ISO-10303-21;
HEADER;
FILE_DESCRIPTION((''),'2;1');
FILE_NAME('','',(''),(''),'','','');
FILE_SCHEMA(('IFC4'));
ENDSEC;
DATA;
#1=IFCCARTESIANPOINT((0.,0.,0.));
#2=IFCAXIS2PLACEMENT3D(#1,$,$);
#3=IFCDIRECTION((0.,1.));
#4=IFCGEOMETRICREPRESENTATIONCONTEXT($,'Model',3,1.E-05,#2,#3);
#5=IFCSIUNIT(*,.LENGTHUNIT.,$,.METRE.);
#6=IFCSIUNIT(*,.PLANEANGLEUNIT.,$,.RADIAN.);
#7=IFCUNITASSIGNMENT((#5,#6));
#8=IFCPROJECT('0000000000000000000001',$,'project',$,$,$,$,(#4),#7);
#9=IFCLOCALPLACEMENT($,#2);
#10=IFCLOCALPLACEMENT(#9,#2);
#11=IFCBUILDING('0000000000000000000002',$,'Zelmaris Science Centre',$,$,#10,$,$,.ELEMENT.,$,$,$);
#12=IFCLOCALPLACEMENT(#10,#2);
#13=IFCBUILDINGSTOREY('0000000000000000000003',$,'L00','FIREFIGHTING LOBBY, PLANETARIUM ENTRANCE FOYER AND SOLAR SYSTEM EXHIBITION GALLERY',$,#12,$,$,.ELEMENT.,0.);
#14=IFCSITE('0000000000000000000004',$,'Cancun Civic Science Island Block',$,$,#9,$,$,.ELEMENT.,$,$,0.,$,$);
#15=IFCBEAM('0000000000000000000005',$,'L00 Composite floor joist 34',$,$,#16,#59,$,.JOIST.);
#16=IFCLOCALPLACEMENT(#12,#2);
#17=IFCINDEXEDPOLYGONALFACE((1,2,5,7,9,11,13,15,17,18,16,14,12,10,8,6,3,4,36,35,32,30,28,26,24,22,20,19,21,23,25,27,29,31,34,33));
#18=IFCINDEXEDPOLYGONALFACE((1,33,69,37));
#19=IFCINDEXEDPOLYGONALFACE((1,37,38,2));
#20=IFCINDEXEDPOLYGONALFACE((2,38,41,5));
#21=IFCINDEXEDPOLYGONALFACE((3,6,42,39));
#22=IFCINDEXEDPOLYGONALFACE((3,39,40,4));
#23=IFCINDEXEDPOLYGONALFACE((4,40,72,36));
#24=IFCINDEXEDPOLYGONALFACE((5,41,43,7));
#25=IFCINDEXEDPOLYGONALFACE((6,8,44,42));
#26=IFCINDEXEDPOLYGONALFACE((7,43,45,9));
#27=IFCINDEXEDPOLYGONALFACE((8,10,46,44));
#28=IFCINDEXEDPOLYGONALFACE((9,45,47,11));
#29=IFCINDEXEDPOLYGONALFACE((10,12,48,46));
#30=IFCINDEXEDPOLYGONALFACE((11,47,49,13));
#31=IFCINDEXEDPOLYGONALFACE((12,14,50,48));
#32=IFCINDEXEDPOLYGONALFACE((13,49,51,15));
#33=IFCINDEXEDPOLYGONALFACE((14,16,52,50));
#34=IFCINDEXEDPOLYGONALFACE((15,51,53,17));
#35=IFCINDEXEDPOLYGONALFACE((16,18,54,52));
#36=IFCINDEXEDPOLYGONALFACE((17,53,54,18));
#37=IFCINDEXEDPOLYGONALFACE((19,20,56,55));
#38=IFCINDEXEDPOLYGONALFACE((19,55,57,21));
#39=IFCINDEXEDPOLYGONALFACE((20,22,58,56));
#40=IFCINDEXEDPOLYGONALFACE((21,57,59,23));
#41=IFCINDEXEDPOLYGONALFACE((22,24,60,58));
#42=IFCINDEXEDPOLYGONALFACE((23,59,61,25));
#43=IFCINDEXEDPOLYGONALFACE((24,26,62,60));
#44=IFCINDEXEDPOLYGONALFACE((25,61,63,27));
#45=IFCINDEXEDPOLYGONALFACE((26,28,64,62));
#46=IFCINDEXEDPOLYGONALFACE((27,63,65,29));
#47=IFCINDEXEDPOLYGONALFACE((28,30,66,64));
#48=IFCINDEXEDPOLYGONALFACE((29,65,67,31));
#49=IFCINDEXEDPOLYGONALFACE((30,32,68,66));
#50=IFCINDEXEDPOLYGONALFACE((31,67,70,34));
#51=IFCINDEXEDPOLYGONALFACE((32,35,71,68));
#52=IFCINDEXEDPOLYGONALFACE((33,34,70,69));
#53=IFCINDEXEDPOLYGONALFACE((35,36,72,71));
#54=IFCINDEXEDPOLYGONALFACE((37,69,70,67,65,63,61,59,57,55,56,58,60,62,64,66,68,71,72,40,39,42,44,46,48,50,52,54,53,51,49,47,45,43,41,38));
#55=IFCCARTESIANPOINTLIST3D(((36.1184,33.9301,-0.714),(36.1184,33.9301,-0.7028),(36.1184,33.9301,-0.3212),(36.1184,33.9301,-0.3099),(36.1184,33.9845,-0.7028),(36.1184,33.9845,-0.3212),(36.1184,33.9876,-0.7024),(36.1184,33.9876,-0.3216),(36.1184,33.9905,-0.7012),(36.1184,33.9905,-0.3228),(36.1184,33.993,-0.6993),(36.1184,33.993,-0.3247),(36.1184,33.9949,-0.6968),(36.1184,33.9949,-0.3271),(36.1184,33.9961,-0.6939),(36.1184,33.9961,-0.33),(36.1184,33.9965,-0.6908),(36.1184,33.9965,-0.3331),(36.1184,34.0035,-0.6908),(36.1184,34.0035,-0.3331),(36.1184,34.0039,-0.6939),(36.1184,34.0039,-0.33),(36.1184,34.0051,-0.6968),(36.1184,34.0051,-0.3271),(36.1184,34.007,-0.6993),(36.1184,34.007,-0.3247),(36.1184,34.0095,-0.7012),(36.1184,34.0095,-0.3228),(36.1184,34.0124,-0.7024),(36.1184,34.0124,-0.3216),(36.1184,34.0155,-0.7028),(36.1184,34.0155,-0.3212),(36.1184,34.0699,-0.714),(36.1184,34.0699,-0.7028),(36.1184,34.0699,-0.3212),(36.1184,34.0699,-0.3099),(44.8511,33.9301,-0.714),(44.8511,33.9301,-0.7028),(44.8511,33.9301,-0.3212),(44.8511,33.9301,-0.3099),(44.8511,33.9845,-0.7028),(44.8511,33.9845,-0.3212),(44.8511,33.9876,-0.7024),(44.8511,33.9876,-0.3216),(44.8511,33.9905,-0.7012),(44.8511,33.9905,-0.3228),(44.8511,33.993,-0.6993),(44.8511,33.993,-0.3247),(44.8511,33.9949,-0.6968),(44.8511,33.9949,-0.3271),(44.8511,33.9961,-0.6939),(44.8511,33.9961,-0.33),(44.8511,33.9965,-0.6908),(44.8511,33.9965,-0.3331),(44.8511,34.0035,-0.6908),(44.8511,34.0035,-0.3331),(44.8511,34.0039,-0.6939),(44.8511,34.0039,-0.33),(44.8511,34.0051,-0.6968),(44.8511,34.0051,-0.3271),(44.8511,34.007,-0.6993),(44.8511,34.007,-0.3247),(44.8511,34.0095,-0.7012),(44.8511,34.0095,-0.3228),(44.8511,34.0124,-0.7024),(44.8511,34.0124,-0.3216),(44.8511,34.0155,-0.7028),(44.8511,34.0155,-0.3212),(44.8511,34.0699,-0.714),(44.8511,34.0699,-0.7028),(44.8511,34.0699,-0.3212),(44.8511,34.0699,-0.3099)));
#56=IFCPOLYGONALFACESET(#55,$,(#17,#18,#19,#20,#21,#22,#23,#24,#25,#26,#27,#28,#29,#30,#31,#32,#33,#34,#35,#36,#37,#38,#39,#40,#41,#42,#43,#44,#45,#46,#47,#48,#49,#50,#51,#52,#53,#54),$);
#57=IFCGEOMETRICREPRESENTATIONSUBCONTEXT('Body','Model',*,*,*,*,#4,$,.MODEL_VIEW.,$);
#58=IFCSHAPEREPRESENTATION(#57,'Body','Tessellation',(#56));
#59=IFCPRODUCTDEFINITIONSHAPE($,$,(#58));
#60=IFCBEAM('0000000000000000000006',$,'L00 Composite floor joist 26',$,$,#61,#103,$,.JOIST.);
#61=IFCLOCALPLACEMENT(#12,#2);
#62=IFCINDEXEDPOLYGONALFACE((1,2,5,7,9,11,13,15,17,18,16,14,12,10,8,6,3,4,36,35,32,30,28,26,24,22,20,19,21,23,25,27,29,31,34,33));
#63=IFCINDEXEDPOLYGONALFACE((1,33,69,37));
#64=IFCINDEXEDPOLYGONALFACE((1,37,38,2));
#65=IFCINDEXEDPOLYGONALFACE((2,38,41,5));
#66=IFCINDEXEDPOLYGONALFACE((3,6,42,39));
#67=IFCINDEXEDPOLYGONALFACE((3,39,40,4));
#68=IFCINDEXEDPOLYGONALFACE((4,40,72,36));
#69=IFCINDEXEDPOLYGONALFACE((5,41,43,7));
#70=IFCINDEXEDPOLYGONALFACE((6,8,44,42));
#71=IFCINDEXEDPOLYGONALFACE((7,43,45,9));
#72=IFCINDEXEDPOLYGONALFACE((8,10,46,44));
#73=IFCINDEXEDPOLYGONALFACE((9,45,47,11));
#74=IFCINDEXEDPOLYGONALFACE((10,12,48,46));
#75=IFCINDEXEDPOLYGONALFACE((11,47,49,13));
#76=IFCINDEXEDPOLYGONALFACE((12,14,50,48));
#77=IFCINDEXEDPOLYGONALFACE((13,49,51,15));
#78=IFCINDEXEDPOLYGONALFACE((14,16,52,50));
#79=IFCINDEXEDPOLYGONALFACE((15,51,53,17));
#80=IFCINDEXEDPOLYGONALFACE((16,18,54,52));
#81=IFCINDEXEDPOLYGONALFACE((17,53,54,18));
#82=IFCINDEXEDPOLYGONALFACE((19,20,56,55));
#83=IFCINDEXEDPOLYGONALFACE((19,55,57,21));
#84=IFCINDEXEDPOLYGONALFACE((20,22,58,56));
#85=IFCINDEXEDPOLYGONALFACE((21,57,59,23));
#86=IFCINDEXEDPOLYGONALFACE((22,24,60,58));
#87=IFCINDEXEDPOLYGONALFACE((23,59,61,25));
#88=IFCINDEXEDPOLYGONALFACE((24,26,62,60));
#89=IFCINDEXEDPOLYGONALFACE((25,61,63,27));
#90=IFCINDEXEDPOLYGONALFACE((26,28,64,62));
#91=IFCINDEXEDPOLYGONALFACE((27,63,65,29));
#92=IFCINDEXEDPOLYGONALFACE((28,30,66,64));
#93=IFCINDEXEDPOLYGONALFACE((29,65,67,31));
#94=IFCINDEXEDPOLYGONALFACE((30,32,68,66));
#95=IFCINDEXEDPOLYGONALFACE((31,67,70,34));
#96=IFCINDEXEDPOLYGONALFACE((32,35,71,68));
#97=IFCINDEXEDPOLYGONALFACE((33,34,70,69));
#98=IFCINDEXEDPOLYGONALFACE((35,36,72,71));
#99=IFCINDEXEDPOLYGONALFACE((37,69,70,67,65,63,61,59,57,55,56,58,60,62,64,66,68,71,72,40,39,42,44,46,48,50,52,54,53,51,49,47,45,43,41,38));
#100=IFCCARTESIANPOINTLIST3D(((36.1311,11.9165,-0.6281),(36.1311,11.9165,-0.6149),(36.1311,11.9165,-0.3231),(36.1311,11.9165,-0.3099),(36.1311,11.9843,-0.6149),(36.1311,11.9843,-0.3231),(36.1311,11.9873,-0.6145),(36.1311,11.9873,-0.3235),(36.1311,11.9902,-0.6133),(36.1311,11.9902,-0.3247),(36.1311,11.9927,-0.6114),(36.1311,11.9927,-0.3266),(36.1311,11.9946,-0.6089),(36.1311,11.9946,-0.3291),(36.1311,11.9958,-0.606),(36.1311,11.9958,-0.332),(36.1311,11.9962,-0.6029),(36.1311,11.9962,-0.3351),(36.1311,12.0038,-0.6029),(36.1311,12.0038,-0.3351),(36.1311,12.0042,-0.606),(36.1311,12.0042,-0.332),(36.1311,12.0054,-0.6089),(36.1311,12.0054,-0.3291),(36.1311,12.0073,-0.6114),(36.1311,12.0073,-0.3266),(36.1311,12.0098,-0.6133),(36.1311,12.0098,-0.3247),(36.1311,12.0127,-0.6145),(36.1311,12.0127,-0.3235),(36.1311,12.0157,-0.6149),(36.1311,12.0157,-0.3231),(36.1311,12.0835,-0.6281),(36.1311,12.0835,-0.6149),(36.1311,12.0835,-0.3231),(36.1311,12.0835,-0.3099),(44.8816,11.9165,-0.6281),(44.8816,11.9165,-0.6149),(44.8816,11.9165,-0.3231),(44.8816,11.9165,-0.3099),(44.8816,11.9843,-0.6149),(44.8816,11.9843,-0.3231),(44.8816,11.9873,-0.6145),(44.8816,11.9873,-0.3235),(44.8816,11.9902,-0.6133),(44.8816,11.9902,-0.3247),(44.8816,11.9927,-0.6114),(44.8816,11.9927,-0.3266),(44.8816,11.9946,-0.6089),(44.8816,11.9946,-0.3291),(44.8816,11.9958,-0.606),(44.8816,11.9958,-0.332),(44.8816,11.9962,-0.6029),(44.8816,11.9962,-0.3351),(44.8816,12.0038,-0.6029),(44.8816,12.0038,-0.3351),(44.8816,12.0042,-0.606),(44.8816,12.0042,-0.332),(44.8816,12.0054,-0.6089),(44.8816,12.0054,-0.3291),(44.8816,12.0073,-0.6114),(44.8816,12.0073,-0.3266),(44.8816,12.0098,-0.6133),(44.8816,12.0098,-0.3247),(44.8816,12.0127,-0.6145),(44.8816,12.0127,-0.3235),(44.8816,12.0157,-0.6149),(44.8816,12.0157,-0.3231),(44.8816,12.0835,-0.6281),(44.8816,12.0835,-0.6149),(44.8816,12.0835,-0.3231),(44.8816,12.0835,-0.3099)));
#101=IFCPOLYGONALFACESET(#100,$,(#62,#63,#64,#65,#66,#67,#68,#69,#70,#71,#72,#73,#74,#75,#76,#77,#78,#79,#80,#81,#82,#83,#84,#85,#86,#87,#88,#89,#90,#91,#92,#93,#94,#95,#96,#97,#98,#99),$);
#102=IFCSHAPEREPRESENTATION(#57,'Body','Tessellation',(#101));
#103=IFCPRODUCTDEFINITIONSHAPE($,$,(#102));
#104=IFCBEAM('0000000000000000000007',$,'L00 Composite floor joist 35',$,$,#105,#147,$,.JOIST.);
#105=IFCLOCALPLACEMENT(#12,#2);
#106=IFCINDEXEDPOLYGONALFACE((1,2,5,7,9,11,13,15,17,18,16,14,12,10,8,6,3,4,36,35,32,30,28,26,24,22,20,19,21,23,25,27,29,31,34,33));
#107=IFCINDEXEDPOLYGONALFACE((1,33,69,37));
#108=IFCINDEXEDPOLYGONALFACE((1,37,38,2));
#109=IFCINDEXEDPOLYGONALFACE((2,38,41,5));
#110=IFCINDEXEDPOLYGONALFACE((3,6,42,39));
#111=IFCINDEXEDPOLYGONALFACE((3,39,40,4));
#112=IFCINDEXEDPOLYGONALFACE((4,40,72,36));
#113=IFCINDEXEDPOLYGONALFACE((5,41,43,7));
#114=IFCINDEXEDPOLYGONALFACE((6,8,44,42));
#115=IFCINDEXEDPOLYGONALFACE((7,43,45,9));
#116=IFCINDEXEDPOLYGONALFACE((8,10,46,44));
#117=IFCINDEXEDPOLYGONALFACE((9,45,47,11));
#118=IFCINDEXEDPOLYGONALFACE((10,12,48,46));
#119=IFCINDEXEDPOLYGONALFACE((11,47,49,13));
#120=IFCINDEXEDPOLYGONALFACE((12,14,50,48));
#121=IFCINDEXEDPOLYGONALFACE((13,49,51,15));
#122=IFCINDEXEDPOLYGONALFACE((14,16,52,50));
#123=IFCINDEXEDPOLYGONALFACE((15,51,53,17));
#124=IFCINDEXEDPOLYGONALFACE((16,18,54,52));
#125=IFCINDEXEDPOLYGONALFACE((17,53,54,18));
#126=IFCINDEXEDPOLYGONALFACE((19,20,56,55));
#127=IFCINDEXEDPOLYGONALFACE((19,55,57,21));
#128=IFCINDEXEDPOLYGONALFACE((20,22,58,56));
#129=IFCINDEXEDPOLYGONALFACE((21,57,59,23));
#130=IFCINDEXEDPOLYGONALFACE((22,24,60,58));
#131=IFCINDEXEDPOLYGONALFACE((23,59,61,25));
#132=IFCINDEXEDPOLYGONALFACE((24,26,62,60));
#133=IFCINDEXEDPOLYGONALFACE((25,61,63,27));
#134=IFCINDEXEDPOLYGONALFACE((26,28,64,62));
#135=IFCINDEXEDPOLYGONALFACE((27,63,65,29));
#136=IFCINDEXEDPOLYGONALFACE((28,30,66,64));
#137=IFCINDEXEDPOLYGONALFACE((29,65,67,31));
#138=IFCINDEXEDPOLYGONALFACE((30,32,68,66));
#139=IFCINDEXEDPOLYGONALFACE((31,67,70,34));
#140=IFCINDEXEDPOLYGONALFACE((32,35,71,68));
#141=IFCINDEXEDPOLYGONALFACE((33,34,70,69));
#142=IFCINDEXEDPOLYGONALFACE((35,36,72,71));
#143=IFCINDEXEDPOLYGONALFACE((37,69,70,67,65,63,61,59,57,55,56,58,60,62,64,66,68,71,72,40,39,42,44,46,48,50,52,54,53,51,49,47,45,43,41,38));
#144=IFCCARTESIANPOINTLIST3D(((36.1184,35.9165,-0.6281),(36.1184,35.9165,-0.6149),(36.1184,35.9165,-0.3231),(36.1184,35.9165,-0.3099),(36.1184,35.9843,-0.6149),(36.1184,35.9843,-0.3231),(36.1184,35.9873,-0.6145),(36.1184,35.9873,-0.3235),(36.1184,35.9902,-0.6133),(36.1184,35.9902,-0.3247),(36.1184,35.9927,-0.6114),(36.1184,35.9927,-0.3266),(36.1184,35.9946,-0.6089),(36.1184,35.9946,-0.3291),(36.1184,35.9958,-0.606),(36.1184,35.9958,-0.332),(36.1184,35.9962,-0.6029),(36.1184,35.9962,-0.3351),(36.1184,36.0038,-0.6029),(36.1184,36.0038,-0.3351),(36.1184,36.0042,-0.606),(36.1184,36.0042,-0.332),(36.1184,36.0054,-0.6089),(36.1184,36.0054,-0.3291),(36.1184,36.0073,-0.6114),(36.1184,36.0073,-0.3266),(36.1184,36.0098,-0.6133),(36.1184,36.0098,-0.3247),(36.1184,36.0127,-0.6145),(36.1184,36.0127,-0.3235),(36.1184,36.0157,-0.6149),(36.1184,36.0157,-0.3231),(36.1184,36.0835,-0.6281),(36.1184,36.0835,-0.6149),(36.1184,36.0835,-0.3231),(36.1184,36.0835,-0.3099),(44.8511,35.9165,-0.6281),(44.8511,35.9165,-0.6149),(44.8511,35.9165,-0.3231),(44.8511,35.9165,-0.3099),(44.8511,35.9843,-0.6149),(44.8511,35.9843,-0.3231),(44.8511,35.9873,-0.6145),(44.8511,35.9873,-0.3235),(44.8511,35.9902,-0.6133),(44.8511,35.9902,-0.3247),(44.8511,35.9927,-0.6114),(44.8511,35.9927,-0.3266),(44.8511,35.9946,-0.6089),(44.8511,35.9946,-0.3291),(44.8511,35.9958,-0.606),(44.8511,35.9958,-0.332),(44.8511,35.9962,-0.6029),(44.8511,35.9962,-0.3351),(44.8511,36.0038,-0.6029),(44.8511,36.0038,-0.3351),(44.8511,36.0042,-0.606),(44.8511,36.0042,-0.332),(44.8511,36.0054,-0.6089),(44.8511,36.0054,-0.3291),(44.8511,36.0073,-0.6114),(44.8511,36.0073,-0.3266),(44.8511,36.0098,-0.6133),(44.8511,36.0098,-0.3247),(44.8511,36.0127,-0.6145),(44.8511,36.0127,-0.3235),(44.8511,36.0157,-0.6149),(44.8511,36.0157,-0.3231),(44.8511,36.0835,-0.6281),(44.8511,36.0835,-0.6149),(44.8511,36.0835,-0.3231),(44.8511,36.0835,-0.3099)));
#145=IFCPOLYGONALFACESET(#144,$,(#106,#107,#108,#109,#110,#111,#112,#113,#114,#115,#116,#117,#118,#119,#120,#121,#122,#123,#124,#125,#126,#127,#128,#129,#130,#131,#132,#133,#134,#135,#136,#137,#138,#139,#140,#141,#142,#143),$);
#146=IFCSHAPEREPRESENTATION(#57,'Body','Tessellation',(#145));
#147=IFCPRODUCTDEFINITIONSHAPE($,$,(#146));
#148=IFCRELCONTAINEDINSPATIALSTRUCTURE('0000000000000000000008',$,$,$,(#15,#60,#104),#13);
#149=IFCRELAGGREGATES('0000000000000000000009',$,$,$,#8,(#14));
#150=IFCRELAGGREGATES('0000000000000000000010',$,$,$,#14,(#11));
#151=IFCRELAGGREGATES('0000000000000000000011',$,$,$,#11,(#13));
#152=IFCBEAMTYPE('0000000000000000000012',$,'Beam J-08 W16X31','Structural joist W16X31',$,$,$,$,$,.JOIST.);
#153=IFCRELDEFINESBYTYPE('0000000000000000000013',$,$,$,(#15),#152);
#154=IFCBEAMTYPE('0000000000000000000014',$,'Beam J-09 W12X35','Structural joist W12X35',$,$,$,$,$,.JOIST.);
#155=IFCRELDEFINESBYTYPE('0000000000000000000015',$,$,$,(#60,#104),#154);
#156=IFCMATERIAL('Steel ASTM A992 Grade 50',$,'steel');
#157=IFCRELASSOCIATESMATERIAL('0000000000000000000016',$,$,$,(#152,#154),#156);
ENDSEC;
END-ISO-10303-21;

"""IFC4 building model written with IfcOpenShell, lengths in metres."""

from ifc_helpers import new_model, si_unit, direction, frame, origin, origin_2d, place, context, subcontext, project, spatial, i_section, extrude, material, material_profile, profile_set, type_object, element, save


model = new_model("IFC4")

# Units and contexts
model_context = context("Model", 3, precision=1e-05, world=origin(), true_north=direction((0.0, 1.0)))
body_context = subcontext(model_context, "Body", "Model", "MODEL_VIEW")
ifc_project = project(units=[si_unit("LENGTHUNIT", "METRE"), si_unit("PLANEANGLEUNIT", "RADIAN")], contexts=[model_context])

# Site, building, storey
site_placement = place(None, origin())
site = spatial("IfcSite", under=ifc_project, at=site_placement, Name="Cancun Civic Science Island Block", CompositionType="ELEMENT", RefElevation=0.0)
building_placement = place(site_placement, origin())
building = spatial("IfcBuilding", under=site, at=building_placement, Name="Zelmaris Science Centre", CompositionType="ELEMENT")
storey_placement = place(building_placement, origin())
storey = spatial("IfcBuildingStorey", under=building, at=storey_placement, Name="L00", Description="FIREFIGHTING LOBBY, PLANETARIUM ENTRANCE FOYER AND SOLAR SYSTEM EXHIBITION GALLERY", CompositionType="ELEMENT", Elevation=0.0)

# Shared definitions
ifc_material_1 = material(Name="Steel ASTM A992 Grade 50", Category="steel")

# Beams
ifc_material_profile_1 = material_profile(ifc_material_1, i_section(OverallWidth=0.1399, OverallDepth=0.4041, WebThickness=0.0071, FlangeThickness=0.0112, FilletRadius=0.012, at=origin_2d()), Name="W16X31")
ifc_profile_set_1 = profile_set([ifc_material_profile_1], Name="Steel ASTM A992 Grade 50")
beam_type_1 = type_object("IfcBeamType", Name="Beam J-08 W16X31", Description="Structural joist W16X31", PredefinedType="JOIST", material=ifc_profile_set_1)
beam_1_placement = place(storey_placement, frame((36.1184, 34.0, -0.512), z_axis=(1.0, 0.0, 0.0), x_axis=(0.0, 1.0, 0.0)))
element("IfcBeam", 1, at=beam_1_placement, inside=storey, type_object=beam_type_1, Name="L00 Composite floor joist 34", PredefinedType="JOIST", context=body_context, shape_type="SweptSolid", body=[
    extrude(i_section(OverallWidth=0.1399, OverallDepth=0.4041, WebThickness=0.0071, FlangeThickness=0.0112, FilletRadius=0.012, at=origin_2d()), origin(), (0.0, 0.0, 1.0), 8.7327),
])
ifc_material_profile_2 = material_profile(ifc_material_1, i_section(OverallWidth=0.167, OverallDepth=0.3181, WebThickness=0.0076, FlangeThickness=0.0132, FilletRadius=0.012, at=origin_2d()), Name="W12X35")
ifc_profile_set_2 = profile_set([ifc_material_profile_2], Name="Steel ASTM A992 Grade 50")
beam_type_2 = type_object("IfcBeamType", Name="Beam J-09 W12X35", Description="Structural joist W12X35", PredefinedType="JOIST", material=ifc_profile_set_2)
beam_2_placement = place(storey_placement, frame((36.1311, 12.0, -0.469), z_axis=(1.0, 0.0, 0.0), x_axis=(0.0, 1.0, 0.0)))
element("IfcBeam", 2, at=beam_2_placement, inside=storey, type_object=beam_type_2, Name="L00 Composite floor joist 26", PredefinedType="JOIST", context=body_context, shape_type="SweptSolid", body=[
    extrude(i_section(OverallWidth=0.167, OverallDepth=0.3181, WebThickness=0.0076, FlangeThickness=0.0132, FilletRadius=0.012, at=origin_2d()), origin(), (0.0, 0.0, 1.0), 8.7505),
])
beam_3_placement = place(storey_placement, frame((36.1184, 36.0, -0.469), z_axis=(1.0, 0.0, 0.0), x_axis=(0.0, 1.0, 0.0)))
element("IfcBeam", 3, at=beam_3_placement, inside=storey, type_object=beam_type_2, Name="L00 Composite floor joist 35", PredefinedType="JOIST", context=body_context, shape_type="SweptSolid", body=[
    extrude(i_section(OverallWidth=0.167, OverallDepth=0.3181, WebThickness=0.0076, FlangeThickness=0.0132, FilletRadius=0.012, at=origin_2d()), origin(), (0.0, 0.0, 1.0), 8.7327),
])

save(model, "model.ifc")
